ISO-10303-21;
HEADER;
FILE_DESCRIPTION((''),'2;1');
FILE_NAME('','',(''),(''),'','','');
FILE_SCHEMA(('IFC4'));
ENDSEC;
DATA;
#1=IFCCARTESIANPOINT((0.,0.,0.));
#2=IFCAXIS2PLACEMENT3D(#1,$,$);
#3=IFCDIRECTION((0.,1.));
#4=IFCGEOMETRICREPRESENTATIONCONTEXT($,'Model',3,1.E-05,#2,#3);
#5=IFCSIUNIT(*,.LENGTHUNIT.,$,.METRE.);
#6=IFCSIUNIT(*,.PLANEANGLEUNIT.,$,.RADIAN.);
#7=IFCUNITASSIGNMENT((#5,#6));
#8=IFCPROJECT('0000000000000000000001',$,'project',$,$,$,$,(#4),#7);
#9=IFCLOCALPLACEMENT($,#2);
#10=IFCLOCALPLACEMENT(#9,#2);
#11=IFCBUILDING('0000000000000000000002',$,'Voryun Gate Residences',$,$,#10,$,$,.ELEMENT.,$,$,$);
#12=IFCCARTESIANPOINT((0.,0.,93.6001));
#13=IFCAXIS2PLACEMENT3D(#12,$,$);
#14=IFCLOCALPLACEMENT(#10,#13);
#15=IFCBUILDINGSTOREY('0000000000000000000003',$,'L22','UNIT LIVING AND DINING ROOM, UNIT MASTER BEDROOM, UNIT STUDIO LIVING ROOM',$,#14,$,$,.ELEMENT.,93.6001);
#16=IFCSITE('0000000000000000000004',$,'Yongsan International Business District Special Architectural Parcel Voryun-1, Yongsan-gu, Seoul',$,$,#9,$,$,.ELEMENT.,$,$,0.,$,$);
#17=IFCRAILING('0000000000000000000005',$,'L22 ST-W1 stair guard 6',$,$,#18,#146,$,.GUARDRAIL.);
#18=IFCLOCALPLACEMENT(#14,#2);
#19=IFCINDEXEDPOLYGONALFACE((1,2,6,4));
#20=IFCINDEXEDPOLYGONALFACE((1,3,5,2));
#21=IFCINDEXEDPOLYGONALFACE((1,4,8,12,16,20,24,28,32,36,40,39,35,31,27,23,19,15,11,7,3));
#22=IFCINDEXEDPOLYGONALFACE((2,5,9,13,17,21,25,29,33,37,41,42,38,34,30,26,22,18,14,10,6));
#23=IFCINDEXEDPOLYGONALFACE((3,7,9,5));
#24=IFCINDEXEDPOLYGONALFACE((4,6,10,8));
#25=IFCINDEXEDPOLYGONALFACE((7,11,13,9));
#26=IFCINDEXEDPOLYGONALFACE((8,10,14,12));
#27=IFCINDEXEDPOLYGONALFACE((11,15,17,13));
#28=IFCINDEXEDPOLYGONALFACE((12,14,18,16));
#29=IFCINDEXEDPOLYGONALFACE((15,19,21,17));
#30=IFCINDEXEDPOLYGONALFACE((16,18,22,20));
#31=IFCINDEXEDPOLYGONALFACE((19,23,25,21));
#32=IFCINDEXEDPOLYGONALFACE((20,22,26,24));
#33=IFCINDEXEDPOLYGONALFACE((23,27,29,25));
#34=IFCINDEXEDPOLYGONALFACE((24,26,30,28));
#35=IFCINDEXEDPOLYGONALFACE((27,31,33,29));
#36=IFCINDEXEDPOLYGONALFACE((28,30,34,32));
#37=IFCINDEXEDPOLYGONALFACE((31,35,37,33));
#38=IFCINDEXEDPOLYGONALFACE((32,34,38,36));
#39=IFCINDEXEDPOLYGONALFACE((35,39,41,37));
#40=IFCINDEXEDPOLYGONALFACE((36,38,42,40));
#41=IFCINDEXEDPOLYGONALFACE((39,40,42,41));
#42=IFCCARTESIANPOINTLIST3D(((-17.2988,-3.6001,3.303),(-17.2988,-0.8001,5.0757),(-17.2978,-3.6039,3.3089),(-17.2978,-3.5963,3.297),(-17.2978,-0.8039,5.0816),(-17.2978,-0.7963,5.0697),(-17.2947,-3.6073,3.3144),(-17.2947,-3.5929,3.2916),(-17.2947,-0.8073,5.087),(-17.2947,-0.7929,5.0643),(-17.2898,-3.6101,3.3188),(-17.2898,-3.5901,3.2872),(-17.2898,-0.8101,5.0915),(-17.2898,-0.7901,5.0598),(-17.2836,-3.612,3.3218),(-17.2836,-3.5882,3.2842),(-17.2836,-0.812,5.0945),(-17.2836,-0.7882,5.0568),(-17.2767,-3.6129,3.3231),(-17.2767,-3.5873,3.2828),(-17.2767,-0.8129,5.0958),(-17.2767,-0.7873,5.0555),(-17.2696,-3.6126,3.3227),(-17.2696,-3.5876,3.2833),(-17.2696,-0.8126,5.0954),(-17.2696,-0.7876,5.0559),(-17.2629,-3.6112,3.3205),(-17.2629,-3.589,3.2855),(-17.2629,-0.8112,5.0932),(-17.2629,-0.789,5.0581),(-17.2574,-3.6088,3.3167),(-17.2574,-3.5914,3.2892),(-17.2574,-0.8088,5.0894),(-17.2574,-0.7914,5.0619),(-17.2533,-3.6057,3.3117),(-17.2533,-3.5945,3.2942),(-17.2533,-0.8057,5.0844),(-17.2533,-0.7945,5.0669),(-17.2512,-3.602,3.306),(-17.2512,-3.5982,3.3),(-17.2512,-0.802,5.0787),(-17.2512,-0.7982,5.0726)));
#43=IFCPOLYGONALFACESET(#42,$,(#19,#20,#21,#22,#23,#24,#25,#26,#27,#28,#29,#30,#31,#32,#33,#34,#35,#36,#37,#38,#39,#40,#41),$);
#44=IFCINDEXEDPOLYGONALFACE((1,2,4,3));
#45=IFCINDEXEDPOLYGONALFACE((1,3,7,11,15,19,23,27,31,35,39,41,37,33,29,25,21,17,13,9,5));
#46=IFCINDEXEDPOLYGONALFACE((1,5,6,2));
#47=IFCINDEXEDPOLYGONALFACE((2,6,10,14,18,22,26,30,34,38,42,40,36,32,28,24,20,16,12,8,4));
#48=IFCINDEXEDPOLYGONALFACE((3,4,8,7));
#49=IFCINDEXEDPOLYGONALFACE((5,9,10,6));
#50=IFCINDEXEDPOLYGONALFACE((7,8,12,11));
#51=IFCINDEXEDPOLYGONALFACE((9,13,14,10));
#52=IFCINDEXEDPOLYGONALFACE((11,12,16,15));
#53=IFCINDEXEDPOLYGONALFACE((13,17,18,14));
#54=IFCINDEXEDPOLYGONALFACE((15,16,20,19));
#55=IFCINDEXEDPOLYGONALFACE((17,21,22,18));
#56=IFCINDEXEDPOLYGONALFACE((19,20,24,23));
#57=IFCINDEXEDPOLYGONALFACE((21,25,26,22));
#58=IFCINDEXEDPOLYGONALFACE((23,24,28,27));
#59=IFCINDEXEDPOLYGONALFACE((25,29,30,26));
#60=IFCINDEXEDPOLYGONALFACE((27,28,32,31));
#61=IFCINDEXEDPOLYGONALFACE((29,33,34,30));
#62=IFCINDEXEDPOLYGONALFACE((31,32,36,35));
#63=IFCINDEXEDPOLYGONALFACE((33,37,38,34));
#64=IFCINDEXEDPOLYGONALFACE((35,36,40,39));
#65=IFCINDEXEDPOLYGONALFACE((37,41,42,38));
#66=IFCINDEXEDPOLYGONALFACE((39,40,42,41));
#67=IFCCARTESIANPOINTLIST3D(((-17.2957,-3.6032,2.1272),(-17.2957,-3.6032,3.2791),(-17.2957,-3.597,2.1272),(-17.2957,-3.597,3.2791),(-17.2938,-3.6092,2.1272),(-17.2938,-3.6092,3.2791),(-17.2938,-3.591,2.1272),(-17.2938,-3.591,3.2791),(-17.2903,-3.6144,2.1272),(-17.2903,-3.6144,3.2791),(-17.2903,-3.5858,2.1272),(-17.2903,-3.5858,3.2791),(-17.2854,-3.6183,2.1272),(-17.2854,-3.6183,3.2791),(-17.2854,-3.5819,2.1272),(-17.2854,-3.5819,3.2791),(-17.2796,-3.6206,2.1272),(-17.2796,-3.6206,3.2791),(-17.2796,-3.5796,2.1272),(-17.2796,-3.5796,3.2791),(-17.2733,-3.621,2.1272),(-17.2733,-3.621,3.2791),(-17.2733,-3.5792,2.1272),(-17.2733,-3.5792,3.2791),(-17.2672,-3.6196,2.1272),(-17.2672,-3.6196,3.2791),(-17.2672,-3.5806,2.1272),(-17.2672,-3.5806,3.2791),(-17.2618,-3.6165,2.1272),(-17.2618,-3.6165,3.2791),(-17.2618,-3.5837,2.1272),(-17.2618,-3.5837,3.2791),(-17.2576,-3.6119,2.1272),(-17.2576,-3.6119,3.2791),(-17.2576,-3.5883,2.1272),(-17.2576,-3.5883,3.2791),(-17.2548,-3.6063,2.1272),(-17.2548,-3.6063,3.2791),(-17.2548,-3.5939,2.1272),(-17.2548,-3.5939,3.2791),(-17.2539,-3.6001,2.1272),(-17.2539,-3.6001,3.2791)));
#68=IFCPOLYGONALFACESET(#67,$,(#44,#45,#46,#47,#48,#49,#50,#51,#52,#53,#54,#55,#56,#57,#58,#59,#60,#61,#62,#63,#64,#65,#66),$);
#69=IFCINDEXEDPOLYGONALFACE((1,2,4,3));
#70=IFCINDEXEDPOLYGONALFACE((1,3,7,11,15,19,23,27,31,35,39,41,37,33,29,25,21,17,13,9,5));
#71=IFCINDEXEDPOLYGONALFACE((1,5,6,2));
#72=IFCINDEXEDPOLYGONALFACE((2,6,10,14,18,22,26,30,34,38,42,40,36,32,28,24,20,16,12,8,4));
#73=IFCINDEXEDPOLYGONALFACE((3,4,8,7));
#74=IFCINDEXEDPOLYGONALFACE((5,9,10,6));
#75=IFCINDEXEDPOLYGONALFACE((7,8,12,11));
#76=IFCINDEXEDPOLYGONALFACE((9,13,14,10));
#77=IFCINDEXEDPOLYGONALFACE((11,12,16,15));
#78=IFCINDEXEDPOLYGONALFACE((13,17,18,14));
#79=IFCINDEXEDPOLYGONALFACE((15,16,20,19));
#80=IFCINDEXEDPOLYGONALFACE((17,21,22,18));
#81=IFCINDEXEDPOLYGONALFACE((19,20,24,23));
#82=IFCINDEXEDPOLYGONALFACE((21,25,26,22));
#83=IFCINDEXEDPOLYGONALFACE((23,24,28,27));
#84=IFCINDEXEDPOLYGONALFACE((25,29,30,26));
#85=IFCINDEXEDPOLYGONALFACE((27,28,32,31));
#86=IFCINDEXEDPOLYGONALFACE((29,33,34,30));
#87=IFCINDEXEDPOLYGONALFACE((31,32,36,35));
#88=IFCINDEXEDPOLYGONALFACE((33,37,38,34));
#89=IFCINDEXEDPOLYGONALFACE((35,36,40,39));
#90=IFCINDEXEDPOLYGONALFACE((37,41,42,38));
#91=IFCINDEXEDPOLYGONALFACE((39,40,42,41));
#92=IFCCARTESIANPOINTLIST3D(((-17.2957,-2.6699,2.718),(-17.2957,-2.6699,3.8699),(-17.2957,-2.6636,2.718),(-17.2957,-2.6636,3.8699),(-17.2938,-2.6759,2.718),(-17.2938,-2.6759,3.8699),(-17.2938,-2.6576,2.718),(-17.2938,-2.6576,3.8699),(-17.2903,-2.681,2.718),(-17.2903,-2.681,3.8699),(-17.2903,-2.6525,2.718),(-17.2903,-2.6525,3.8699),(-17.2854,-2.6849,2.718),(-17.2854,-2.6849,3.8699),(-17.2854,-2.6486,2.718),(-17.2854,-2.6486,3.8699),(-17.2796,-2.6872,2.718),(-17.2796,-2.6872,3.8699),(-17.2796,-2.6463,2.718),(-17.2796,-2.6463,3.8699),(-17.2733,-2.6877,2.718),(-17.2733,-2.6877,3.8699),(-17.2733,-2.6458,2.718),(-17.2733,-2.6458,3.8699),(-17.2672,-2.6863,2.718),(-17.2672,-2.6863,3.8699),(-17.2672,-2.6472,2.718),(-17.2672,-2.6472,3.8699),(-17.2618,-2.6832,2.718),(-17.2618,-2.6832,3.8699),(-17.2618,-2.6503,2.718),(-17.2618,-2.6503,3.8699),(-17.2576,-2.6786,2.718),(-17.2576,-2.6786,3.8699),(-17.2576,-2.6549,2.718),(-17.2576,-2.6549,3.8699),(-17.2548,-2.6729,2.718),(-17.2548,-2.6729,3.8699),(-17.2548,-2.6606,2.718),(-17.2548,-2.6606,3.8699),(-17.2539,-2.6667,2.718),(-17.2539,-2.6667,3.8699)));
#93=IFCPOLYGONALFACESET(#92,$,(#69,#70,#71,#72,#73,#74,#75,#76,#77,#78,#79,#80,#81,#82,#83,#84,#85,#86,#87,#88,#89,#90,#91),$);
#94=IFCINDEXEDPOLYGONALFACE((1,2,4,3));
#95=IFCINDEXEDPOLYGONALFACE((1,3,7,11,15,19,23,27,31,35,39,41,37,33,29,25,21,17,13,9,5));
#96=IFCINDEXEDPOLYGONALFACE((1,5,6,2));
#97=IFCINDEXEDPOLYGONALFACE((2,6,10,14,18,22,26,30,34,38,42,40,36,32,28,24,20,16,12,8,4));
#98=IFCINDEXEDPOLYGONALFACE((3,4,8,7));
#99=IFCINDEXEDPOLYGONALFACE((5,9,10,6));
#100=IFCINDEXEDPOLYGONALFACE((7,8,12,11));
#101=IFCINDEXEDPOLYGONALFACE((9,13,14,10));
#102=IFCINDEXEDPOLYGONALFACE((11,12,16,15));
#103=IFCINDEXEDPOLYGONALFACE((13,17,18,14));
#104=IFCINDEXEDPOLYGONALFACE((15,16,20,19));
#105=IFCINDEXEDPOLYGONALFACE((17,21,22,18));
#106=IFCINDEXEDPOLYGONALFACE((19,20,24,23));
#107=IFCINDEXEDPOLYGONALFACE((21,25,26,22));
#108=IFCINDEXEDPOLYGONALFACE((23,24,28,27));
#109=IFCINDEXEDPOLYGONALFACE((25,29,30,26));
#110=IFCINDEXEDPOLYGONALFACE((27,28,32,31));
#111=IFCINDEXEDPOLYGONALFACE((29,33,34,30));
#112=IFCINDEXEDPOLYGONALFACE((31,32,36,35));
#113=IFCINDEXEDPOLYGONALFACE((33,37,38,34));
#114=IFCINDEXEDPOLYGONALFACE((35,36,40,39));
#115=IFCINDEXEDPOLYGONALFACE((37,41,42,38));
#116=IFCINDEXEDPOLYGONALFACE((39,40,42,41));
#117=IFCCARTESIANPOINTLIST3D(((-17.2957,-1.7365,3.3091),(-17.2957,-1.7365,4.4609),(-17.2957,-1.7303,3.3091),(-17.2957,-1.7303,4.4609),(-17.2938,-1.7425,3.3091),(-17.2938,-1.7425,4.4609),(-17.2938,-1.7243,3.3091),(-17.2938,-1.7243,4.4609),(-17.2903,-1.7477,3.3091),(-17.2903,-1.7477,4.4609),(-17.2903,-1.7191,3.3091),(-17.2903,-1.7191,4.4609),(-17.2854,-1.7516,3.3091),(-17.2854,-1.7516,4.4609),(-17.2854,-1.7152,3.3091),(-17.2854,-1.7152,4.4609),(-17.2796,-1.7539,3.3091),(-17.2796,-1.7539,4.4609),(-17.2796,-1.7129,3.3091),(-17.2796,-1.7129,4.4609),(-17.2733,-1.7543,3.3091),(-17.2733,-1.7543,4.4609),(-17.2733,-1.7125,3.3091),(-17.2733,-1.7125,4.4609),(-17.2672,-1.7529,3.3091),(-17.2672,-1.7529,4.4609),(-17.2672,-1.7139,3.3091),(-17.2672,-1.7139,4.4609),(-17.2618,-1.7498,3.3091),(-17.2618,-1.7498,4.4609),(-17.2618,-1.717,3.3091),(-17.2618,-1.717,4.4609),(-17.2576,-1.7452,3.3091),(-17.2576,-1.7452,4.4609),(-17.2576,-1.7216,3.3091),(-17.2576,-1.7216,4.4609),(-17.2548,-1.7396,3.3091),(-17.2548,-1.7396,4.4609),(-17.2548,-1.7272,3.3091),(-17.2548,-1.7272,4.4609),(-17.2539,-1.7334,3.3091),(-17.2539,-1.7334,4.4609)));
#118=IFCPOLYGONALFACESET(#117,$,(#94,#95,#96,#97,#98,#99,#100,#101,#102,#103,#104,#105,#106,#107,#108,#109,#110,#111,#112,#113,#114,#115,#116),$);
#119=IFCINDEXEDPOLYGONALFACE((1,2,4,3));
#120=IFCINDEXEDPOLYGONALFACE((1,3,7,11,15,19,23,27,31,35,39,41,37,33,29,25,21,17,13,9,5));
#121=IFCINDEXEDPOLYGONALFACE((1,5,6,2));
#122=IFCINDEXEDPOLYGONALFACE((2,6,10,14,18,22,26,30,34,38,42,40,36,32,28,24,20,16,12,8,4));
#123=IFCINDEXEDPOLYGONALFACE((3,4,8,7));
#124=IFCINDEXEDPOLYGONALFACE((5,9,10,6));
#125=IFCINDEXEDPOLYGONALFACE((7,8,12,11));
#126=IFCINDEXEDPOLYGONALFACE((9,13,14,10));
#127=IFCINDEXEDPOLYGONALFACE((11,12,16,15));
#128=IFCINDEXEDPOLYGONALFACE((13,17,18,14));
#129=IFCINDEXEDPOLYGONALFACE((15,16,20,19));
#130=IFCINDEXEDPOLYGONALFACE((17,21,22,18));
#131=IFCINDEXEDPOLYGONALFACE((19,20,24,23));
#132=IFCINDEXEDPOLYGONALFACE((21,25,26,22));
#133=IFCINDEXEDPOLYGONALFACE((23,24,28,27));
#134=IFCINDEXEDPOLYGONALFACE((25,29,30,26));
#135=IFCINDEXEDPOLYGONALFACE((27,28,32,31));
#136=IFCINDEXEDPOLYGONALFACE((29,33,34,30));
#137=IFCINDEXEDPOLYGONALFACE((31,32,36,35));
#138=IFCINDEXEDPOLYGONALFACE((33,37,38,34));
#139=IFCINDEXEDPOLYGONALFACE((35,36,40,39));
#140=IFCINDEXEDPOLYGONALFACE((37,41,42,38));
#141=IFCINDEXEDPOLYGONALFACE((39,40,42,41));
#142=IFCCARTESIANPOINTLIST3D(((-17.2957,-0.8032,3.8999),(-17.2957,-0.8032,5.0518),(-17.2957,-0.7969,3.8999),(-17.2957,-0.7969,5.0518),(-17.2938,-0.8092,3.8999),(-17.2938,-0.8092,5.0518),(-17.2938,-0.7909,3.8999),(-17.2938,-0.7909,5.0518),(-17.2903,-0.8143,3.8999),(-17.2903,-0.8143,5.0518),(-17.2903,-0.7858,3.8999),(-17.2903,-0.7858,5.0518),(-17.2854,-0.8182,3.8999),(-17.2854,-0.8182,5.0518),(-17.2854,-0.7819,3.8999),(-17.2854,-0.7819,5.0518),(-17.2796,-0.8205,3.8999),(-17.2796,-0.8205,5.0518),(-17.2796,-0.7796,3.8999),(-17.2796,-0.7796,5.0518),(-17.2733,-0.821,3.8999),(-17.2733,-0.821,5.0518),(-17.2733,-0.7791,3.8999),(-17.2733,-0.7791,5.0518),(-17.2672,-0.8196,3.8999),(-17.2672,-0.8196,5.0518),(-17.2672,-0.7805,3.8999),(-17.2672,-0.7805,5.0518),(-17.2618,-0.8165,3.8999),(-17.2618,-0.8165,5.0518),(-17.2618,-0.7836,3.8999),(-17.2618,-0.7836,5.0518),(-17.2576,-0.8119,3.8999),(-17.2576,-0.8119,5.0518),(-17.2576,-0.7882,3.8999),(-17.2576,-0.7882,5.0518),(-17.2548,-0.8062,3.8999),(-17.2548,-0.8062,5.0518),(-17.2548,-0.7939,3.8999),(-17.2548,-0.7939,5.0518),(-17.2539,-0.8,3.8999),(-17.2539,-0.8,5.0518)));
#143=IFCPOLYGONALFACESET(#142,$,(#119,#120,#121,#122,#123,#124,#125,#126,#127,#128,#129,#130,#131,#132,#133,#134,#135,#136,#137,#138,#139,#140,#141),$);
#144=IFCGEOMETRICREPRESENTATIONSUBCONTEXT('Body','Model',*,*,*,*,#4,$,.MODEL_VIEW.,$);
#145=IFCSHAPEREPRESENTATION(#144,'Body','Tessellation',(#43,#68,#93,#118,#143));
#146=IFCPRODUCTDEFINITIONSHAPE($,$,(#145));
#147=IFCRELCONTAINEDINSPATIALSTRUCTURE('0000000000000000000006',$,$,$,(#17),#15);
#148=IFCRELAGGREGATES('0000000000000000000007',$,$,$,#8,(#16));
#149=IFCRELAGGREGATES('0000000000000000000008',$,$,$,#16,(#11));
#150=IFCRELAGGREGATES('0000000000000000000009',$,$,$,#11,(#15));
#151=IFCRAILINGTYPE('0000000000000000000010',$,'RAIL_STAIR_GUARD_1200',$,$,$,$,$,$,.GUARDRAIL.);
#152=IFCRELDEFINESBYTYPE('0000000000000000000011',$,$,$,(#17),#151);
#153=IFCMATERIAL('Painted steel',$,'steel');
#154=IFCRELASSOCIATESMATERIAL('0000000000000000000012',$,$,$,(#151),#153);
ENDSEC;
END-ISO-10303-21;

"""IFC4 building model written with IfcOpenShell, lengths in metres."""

from ifc_helpers import new_model, si_unit, direction, frame, origin, origin_2d, place, context, subcontext, project, spatial, circle, extrude, material, type_object, element, save


model = new_model("IFC4")

# Units and contexts
model_context = context("Model", 3, precision=1e-05, world=origin(), true_north=direction((0.0, 1.0)))
body_context = subcontext(model_context, "Body", "Model", "MODEL_VIEW")
ifc_project = project(units=[si_unit("LENGTHUNIT", "METRE"), si_unit("PLANEANGLEUNIT", "RADIAN")], contexts=[model_context])

# Site, building, storey
site_placement = place(None, origin())
site = spatial("IfcSite", under=ifc_project, at=site_placement, Name="Yongsan International Business District Special Architectural Parcel Voryun-1, Yongsan-gu, Seoul", CompositionType="ELEMENT", RefElevation=0.0)
building_placement = place(site_placement, origin())
building = spatial("IfcBuilding", under=site, at=building_placement, Name="Voryun Gate Residences", CompositionType="ELEMENT")
storey_placement = place(building_placement, frame((0.0, 0.0, 93.6001)))
storey = spatial("IfcBuildingStorey", under=building, at=storey_placement, Name="L22", Description="UNIT LIVING AND DINING ROOM, UNIT MASTER BEDROOM, UNIT STUDIO LIVING ROOM", CompositionType="ELEMENT", Elevation=93.6001)

# Railing
ifc_material_1 = material(Name="Painted steel", Category="steel")
railing_type_1 = type_object("IfcRailingType", Name="RAIL_STAIR_GUARD_1200", PredefinedType="GUARDRAIL", material=ifc_material_1)
railing_1_placement = place(storey_placement, frame((-17.2749, -3.6001, 2.1272)))
element("IfcRailing", 1, at=railing_1_placement, inside=storey, type_object=railing_type_1, Name="L22 ST-W1 stair guard 6", PredefinedType="GUARDRAIL", context=body_context, shape_type="SweptSolid", body=[
    extrude(circle(Radius=0.0239, at=origin_2d()), frame((0.0, 0.0, 1.1758), z_axis=(0.0, 0.844909, 0.53491), x_axis=(-1.0, 0.0, 0.0)), (0.0, 0.0, 1.0), 3.314),
    extrude(circle(Radius=0.021, at=origin_2d()), origin(), (0.0, 0.0, 1.0), 1.1519),
    extrude(circle(Radius=0.021, at=origin_2d()), frame((0.0, 0.9333, 0.5908)), (0.0, 0.0, 1.0), 1.1519),
    extrude(circle(Radius=0.021, at=origin_2d()), frame((0.0, 1.8667, 1.1819)), (0.0, 0.0, 1.0), 1.1519),
    extrude(circle(Radius=0.021, at=origin_2d()), frame((0.0, 2.8, 1.7727)), (0.0, 0.0, 1.0), 1.1519),
])

save(model, "model.ifc")
